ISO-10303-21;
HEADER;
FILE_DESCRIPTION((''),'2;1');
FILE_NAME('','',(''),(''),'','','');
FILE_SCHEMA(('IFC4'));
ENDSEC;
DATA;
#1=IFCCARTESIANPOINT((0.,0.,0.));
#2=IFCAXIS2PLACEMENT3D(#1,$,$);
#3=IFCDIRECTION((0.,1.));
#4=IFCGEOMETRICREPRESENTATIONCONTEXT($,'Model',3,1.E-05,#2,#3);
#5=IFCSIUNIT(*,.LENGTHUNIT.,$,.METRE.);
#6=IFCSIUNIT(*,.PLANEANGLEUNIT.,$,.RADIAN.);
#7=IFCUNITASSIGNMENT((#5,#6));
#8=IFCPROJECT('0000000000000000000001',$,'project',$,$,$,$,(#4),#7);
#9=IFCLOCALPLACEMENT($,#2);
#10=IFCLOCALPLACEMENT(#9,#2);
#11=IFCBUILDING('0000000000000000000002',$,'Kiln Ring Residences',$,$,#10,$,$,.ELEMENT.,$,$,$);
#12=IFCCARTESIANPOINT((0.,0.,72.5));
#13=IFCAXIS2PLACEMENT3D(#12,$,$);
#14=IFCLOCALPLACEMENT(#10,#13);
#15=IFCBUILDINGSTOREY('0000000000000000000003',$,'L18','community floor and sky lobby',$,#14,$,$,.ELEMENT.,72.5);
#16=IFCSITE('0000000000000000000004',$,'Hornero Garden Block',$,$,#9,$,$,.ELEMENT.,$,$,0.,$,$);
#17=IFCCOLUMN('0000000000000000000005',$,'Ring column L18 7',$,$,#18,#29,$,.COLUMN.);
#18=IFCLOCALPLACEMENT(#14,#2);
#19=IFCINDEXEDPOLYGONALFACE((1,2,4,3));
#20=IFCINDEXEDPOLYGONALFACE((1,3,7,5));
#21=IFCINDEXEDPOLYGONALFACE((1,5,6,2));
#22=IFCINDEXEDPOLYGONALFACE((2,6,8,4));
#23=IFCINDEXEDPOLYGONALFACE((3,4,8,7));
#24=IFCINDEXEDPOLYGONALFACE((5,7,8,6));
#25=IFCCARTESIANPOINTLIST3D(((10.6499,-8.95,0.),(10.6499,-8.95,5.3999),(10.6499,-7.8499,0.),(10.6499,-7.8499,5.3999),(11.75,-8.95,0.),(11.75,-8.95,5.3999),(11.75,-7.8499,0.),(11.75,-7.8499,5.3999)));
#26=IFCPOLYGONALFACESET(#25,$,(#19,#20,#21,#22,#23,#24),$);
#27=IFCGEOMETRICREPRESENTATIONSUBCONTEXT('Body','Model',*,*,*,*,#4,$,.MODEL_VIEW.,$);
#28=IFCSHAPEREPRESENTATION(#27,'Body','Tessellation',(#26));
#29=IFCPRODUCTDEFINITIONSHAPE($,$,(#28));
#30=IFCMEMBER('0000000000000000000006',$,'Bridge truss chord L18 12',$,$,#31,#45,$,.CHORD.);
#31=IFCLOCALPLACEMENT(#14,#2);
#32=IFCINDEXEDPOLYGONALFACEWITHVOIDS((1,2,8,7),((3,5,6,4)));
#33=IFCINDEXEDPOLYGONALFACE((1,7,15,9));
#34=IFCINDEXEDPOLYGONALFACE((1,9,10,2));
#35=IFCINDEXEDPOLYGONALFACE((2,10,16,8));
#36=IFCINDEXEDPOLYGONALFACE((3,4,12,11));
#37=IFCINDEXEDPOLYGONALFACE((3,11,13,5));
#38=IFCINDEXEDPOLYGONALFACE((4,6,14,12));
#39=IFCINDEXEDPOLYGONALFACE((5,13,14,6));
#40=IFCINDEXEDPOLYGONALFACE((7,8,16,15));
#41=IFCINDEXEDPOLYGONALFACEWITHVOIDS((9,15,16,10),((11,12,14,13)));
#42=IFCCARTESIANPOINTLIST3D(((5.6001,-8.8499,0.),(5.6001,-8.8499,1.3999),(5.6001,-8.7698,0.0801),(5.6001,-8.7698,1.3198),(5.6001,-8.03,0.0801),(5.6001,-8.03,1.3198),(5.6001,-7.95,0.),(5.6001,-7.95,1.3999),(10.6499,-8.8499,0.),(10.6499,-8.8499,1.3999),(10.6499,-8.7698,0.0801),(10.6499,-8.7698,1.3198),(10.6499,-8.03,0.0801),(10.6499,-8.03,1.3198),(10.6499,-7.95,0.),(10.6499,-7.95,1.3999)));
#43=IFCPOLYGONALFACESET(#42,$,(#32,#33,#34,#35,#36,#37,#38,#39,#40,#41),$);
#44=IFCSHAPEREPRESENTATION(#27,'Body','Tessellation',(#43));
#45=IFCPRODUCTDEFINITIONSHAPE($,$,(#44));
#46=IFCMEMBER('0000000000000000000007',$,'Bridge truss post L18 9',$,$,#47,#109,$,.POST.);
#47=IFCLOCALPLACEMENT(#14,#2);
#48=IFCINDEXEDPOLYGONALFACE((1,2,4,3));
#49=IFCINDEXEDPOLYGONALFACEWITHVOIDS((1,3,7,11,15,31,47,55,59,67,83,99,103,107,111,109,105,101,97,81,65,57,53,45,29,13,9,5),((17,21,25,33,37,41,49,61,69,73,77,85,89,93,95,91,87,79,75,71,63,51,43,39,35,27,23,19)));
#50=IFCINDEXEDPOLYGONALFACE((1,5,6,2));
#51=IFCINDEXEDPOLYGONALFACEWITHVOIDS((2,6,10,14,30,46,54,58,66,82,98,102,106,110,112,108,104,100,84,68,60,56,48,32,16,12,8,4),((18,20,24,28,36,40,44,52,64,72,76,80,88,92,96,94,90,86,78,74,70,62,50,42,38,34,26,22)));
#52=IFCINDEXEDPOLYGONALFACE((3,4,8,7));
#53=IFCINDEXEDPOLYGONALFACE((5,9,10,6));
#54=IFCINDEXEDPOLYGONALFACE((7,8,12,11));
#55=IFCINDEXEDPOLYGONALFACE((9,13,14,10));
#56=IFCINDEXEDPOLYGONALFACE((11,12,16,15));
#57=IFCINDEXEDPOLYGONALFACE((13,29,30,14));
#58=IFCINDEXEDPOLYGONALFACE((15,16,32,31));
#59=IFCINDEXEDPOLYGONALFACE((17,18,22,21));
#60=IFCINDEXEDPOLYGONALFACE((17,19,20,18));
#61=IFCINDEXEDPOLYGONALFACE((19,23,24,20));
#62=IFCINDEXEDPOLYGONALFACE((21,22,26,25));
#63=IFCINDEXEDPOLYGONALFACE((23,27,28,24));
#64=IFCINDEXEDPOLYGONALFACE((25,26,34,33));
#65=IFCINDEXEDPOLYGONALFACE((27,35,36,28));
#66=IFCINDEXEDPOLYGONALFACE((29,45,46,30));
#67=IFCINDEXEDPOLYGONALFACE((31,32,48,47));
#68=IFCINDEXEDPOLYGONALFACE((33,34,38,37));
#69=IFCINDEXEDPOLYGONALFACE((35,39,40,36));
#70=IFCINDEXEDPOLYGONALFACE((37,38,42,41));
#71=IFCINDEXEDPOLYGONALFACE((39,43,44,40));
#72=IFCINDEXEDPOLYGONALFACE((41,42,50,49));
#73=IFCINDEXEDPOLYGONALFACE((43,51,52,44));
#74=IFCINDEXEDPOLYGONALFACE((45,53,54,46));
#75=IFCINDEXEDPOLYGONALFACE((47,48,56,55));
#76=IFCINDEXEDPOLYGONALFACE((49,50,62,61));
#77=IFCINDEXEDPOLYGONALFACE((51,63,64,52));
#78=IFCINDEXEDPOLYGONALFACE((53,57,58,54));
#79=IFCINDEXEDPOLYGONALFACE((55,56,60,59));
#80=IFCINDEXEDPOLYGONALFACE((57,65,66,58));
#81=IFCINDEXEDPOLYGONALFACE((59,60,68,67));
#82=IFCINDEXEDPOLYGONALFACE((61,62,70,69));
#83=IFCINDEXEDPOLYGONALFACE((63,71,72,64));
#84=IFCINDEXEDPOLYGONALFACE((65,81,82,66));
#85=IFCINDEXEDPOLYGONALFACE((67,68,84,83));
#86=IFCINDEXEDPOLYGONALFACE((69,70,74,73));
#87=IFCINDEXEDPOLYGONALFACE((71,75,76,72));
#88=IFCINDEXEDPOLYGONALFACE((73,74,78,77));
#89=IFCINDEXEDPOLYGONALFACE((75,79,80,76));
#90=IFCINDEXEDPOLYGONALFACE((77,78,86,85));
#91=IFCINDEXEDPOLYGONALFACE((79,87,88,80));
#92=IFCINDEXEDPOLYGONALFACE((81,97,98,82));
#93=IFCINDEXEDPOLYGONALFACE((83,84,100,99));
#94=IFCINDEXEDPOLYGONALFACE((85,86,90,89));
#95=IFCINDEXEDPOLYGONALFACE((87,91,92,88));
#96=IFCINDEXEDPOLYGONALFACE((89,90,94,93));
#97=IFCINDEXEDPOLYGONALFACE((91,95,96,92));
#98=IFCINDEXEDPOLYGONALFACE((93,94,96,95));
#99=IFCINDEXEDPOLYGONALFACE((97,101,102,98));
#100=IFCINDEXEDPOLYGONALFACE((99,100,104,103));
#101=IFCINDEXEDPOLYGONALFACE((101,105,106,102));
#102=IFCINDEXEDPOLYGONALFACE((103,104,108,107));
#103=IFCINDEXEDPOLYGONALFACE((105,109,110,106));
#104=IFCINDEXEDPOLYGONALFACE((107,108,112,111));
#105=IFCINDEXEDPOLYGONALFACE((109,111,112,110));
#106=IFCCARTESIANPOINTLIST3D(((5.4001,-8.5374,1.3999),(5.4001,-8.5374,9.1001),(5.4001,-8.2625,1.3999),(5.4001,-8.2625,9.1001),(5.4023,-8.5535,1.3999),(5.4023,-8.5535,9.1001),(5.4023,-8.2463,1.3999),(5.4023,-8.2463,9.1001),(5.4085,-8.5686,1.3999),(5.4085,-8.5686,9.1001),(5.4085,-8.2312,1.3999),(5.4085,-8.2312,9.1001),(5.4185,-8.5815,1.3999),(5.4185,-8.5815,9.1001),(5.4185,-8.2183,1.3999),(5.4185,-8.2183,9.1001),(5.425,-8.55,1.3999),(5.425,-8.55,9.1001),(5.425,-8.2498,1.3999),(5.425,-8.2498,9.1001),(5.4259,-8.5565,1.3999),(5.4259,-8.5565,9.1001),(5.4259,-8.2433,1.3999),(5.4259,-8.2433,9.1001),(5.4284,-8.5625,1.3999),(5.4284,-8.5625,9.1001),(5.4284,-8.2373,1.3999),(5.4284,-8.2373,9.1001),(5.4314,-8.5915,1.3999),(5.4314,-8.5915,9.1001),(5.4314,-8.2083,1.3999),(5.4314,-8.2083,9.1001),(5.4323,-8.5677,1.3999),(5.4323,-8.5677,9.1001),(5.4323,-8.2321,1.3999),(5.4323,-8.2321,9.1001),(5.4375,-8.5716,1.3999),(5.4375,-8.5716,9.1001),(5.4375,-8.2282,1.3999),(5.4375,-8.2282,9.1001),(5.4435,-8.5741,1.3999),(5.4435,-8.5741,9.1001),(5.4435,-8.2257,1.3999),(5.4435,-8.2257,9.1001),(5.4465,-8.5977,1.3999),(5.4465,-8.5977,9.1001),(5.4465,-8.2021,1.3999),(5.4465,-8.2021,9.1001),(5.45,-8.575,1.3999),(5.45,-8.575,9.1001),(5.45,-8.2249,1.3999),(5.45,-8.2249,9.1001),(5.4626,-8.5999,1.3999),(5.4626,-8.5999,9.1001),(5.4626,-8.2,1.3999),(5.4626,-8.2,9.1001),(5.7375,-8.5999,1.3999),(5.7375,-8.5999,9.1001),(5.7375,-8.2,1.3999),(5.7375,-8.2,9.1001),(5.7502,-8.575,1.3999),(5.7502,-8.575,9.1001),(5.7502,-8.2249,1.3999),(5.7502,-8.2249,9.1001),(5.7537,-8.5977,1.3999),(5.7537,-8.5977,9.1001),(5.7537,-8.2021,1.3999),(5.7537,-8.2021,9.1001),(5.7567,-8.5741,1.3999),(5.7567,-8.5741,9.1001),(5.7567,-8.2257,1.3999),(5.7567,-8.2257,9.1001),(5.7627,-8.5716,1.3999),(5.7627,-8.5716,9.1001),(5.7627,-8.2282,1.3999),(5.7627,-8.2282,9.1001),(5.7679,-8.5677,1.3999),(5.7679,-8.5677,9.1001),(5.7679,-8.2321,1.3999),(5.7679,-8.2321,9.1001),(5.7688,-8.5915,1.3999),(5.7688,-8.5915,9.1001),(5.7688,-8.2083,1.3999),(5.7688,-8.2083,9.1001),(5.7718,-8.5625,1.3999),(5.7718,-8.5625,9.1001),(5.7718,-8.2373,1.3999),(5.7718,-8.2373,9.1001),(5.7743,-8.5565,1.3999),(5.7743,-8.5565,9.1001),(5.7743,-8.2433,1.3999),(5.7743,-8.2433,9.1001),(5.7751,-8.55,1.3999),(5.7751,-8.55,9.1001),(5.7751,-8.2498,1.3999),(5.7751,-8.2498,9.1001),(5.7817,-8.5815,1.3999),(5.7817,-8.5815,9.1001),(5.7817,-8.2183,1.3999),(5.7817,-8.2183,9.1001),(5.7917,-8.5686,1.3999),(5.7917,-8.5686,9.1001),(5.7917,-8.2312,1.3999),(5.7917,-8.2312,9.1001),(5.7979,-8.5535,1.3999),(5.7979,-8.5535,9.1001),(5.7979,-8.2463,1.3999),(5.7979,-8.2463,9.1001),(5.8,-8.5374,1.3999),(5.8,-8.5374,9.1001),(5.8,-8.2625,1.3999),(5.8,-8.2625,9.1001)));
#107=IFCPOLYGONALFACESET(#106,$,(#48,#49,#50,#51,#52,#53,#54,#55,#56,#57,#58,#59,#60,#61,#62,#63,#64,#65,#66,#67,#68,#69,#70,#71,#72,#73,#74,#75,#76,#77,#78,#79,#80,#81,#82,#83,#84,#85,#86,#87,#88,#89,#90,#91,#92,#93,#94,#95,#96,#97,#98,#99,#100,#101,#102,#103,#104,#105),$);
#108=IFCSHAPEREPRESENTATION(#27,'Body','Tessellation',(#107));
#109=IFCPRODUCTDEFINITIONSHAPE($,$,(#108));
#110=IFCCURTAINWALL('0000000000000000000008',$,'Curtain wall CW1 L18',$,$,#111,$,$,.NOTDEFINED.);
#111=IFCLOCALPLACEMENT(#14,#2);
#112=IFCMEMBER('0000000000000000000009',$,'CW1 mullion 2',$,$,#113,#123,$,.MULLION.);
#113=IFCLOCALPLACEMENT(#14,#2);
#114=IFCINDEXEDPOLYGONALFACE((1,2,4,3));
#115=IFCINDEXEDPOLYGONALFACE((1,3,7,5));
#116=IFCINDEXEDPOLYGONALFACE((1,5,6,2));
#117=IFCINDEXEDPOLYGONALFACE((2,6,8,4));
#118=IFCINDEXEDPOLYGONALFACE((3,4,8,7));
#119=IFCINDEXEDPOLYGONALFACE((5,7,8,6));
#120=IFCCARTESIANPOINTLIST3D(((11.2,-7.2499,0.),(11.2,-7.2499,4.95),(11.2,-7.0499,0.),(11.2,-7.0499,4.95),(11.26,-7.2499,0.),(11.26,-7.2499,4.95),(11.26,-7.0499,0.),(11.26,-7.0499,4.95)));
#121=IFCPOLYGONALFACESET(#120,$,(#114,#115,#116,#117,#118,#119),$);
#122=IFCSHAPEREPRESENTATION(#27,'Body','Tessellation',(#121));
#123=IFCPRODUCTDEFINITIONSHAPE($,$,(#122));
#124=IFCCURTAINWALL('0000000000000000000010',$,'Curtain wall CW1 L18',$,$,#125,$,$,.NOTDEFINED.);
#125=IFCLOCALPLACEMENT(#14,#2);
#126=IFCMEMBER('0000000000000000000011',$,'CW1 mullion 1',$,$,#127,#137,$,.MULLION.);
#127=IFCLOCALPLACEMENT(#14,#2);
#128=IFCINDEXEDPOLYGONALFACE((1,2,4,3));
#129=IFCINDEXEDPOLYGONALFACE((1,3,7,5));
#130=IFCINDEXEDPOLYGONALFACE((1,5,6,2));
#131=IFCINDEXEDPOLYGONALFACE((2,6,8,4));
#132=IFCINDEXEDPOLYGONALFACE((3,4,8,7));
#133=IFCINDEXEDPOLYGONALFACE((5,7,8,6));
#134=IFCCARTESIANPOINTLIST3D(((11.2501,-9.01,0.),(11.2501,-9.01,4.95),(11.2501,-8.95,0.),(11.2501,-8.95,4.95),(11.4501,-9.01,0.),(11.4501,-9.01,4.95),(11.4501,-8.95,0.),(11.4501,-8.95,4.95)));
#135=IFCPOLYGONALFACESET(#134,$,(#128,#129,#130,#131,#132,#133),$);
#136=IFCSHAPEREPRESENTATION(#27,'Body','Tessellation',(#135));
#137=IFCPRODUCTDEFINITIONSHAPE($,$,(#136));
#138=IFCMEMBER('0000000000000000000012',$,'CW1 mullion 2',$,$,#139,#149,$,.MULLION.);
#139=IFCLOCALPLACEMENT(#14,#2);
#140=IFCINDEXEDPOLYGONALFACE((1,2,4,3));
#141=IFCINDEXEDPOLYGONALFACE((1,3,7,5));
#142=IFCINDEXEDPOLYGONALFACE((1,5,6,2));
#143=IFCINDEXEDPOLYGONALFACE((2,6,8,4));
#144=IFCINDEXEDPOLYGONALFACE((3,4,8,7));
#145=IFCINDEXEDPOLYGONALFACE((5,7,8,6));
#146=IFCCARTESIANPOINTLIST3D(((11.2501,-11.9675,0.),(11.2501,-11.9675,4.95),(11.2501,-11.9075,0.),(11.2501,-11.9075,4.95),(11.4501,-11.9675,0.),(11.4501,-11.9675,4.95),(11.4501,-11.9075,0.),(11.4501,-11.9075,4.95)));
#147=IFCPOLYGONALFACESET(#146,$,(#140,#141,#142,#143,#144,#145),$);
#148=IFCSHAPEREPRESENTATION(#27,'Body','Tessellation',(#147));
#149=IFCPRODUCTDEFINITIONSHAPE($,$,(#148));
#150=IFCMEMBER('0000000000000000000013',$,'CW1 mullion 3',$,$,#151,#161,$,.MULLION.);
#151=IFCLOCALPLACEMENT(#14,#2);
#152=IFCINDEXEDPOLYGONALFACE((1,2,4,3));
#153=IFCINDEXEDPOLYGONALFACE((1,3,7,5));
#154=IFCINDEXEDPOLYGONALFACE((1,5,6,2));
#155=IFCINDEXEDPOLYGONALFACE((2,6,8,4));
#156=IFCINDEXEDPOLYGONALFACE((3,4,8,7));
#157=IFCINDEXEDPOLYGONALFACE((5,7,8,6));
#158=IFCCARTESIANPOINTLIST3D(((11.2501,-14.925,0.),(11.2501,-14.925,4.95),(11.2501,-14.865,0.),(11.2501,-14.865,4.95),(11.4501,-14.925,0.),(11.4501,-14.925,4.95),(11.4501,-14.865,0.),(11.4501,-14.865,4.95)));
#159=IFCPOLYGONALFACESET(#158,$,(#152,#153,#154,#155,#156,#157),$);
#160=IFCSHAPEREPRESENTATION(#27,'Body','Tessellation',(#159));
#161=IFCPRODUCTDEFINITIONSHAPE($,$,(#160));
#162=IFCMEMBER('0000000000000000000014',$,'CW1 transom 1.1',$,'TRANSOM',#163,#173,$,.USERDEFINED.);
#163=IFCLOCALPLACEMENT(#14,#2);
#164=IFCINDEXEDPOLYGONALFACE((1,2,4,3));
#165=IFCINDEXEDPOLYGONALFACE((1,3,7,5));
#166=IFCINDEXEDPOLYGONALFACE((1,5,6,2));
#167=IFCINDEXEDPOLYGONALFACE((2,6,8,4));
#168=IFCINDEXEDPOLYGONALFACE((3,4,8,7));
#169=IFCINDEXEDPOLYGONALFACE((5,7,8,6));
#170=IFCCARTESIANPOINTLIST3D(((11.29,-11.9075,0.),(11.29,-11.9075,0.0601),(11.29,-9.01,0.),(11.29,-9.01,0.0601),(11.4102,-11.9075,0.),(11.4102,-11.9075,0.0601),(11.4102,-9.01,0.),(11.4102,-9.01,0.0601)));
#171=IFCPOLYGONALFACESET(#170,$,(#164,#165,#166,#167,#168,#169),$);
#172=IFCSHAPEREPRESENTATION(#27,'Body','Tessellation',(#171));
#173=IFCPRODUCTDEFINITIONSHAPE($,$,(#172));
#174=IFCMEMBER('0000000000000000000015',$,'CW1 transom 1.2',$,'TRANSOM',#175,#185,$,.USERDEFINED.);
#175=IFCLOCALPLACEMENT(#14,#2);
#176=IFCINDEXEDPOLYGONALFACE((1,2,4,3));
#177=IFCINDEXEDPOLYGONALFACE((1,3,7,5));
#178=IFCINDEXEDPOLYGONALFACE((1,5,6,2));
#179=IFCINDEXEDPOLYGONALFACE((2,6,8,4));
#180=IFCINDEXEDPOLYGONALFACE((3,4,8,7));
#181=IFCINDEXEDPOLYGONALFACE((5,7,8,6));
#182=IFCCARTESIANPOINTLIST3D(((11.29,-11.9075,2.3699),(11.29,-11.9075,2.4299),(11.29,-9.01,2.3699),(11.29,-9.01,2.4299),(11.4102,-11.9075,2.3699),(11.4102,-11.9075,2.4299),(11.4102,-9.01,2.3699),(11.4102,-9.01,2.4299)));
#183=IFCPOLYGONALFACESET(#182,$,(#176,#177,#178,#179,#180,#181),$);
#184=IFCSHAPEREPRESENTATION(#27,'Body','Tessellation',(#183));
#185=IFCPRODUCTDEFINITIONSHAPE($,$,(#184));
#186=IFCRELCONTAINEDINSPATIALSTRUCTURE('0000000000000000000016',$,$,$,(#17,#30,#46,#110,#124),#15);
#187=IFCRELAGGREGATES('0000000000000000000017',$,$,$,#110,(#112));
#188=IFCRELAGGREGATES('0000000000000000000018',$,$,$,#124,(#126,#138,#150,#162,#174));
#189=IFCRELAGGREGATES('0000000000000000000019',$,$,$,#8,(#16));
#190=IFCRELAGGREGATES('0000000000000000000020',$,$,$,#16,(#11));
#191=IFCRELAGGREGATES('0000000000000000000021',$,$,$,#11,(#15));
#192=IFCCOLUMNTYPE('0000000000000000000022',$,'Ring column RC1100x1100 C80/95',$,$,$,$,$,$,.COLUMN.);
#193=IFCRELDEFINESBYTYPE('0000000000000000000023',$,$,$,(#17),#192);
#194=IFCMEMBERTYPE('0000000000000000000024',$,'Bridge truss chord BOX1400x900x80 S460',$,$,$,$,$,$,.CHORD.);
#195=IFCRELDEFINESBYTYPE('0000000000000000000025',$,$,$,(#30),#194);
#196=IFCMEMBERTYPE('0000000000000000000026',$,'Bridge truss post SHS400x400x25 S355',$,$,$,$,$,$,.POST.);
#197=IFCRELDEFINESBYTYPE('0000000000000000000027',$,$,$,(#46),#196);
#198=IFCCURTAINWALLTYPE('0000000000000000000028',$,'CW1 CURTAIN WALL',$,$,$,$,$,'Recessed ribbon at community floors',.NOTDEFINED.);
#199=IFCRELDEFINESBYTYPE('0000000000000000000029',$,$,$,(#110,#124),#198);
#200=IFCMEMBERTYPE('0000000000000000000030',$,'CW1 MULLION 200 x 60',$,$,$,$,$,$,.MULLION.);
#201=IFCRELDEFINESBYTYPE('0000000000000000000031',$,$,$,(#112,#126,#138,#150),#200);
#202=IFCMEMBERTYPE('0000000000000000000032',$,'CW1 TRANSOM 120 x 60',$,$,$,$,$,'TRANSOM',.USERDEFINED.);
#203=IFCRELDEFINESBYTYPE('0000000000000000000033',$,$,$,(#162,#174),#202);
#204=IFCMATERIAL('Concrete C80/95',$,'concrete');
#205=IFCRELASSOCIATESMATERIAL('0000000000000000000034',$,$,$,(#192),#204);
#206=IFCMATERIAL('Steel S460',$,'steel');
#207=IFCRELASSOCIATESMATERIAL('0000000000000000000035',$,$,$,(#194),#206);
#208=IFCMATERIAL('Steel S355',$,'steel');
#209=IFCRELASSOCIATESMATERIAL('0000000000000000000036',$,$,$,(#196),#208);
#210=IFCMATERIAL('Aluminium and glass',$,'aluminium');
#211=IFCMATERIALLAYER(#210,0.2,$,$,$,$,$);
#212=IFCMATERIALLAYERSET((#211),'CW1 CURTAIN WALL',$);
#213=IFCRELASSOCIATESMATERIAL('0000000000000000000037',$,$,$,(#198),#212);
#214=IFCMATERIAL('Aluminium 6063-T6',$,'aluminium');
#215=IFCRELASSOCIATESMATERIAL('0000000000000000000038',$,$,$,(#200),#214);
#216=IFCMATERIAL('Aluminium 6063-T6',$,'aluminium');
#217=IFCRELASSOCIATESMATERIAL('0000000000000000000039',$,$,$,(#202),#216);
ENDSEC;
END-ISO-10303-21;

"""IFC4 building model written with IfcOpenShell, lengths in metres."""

from ifc_helpers import new_model, si_unit, direction, frame, origin, origin_2d, place, context, subcontext, project, spatial, rectangle, hollow_rectangle, extrude, material, layer, layer_set, material_profile, profile_set, type_object, element, aggregate, save


model = new_model("IFC4")

# Units and contexts
model_context = context("Model", 3, precision=1e-05, world=origin(), true_north=direction((0.0, 1.0)))
body_context = subcontext(model_context, "Body", "Model", "MODEL_VIEW")
ifc_project = project(units=[si_unit("LENGTHUNIT", "METRE"), si_unit("PLANEANGLEUNIT", "RADIAN")], contexts=[model_context])

# Site, building, storey
site_placement = place(None, origin())
site = spatial("IfcSite", under=ifc_project, at=site_placement, Name="Hornero Garden Block", CompositionType="ELEMENT", RefElevation=0.0)
building_placement = place(site_placement, origin())
building = spatial("IfcBuilding", under=site, at=building_placement, Name="Kiln Ring Residences", CompositionType="ELEMENT")
storey_placement = place(building_placement, frame((0.0, 0.0, 72.5)))
storey = spatial("IfcBuildingStorey", under=building, at=storey_placement, Name="L18", Description="community floor and sky lobby", CompositionType="ELEMENT", Elevation=72.5)

# Column
ifc_material_1 = material(Name="Concrete C80/95", Category="concrete")
ifc_material_profile_1 = material_profile(ifc_material_1, rectangle(XDim=1.1001, YDim=1.1001, at=origin_2d()), Name="RC1100x1100")
ifc_profile_set_1 = profile_set([ifc_material_profile_1], Name="Concrete C80/95")
column_type = type_object("IfcColumnType", Name="Ring column RC1100x1100 C80/95", PredefinedType="COLUMN", material=ifc_profile_set_1)
column_placement = place(storey_placement, frame((11.2, -8.3999, 0.0), z_axis=(0.0, 0.0, 1.0), x_axis=(1.0, 0.0, 0.0)))
element("IfcColumn", 1, at=column_placement, inside=storey, type_object=column_type, Name="Ring column L18 7", PredefinedType="COLUMN", context=body_context, shape_type="SweptSolid", body=[
    extrude(rectangle(XDim=1.1001, YDim=1.1001, at=origin_2d()), origin(), (0.0, 0.0, 1.0), 5.3999),
])

# Members
ifc_material_2 = material(Name="Steel S460", Category="steel")
ifc_material_profile_2 = material_profile(ifc_material_2, hollow_rectangle(XDim=0.8999, YDim=1.3999, WallThickness=0.0801, at=origin_2d()), Name="BOX1400x900x80")
ifc_profile_set_2 = profile_set([ifc_material_profile_2], Name="Steel S460")
member_type_1 = type_object("IfcMemberType", Name="Bridge truss chord BOX1400x900x80 S460", PredefinedType="CHORD", material=ifc_profile_set_2)
member_1_placement = place(storey_placement, frame((5.6001, -8.3999, 0.7), z_axis=(1.0, 0.0, 0.0), x_axis=(0.0, 1.0, 0.0)))
element("IfcMember", 2, at=member_1_placement, inside=storey, type_object=member_type_1, Name="Bridge truss chord L18 12", PredefinedType="CHORD", context=body_context, shape_type="SweptSolid", body=[
    extrude(hollow_rectangle(XDim=0.8999, YDim=1.3999, WallThickness=0.0801, at=origin_2d()), origin(), (0.0, 0.0, 1.0), 5.0498),
])
ifc_material_3 = material(Name="Steel S355", Category="steel")
ifc_material_profile_3 = material_profile(ifc_material_3, hollow_rectangle(XDim=0.3999, YDim=0.3999, WallThickness=0.0249, InnerFilletRadius=0.0249, OuterFilletRadius=0.0625, at=origin_2d()), Name="SHS400x400x25")
ifc_profile_set_3 = profile_set([ifc_material_profile_3], Name="Steel S355")
member_type_2 = type_object("IfcMemberType", Name="Bridge truss post SHS400x400x25 S355", PredefinedType="POST", material=ifc_profile_set_3)
member_2_placement = place(storey_placement, frame((5.6001, -8.3999, 1.3999), z_axis=(0.0, 0.0, 1.0), x_axis=(1.0, 0.0, 0.0)))
element("IfcMember", 3, at=member_2_placement, inside=storey, type_object=member_type_2, Name="Bridge truss post L18 9", PredefinedType="POST", context=body_context, shape_type="SweptSolid", body=[
    extrude(hollow_rectangle(XDim=0.3999, YDim=0.3999, WallThickness=0.0249, InnerFilletRadius=0.0249, OuterFilletRadius=0.0625, at=origin_2d()), origin(), (0.0, 0.0, 1.0), 7.7002),
])

# Curtain wall, member
ifc_material_4 = material(Name="Aluminium and glass", Category="aluminium")
ifc_layer_1 = layer(ifc_material_4, 0.2)
ifc_layer_set_1 = layer_set([ifc_layer_1], Name="CW1 CURTAIN WALL")
curtain_wall_type = type_object("IfcCurtainWallType", Name="CW1 CURTAIN WALL", ElementType="Recessed ribbon at community floors", PredefinedType="NOTDEFINED", material=ifc_layer_set_1)
placement_1 = place(storey_placement, origin())
curtain_wall_1 = element("IfcCurtainWall", 4, at=placement_1, inside=storey, type_object=curtain_wall_type, Name="Curtain wall CW1 L18", PredefinedType="NOTDEFINED")
ifc_material_5 = material(Name="Aluminium 6063-T6", Category="aluminium")
ifc_material_profile_4 = material_profile(ifc_material_5, rectangle(XDim=0.2, YDim=0.0601, at=origin_2d()), Name="AL 200x60")
ifc_profile_set_4 = profile_set([ifc_material_profile_4], Name="Aluminium 6063-T6")
member_type_3 = type_object("IfcMemberType", Name="CW1 MULLION 200 x 60", PredefinedType="MULLION", material=ifc_profile_set_4)
member_3_placement = place(storey_placement, frame((11.23, -7.1499, 0.0), z_axis=(0.0, 0.0, 1.0), x_axis=(0.0, -1.0, 0.0)))
member_3 = element("IfcMember", 5, at=member_3_placement, type_object=member_type_3, Name="CW1 mullion 2", PredefinedType="MULLION", context=body_context, shape_type="SweptSolid", body=[
    extrude(rectangle(XDim=0.2, YDim=0.0601, at=origin_2d()), origin(), (0.0, 0.0, 1.0), 4.95),
])
aggregate(curtain_wall_1, [member_3])

# Curtain wall, members
curtain_wall_2 = element("IfcCurtainWall", 6, at=placement_1, inside=storey, type_object=curtain_wall_type, Name="Curtain wall CW1 L18", PredefinedType="NOTDEFINED")
member_4_placement = place(storey_placement, frame((11.3501, -8.98, 0.0), z_axis=(0.0, 0.0, 1.0), x_axis=(1.0, 0.0, 0.0)))
member_4 = element("IfcMember", 7, at=member_4_placement, type_object=member_type_3, Name="CW1 mullion 1", PredefinedType="MULLION", context=body_context, shape_type="SweptSolid", body=[
    extrude(rectangle(XDim=0.2, YDim=0.0601, at=origin_2d()), origin(), (0.0, 0.0, 1.0), 4.95),
])
member_5_placement = place(storey_placement, frame((11.3501, -11.9375, 0.0), z_axis=(0.0, 0.0, 1.0), x_axis=(1.0, 0.0, 0.0)))
member_5 = element("IfcMember", 8, at=member_5_placement, type_object=member_type_3, Name="CW1 mullion 2", PredefinedType="MULLION", context=body_context, shape_type="SweptSolid", body=[
    extrude(rectangle(XDim=0.2, YDim=0.0601, at=origin_2d()), origin(), (0.0, 0.0, 1.0), 4.95),
])
member_6_placement = place(storey_placement, frame((11.3501, -14.895, 0.0), z_axis=(0.0, 0.0, 1.0), x_axis=(1.0, 0.0, 0.0)))
member_6 = element("IfcMember", 9, at=member_6_placement, type_object=member_type_3, Name="CW1 mullion 3", PredefinedType="MULLION", context=body_context, shape_type="SweptSolid", body=[
    extrude(rectangle(XDim=0.2, YDim=0.0601, at=origin_2d()), origin(), (0.0, 0.0, 1.0), 4.95),
])
ifc_material_6 = material(Name="Aluminium 6063-T6", Category="aluminium")
ifc_material_profile_5 = material_profile(ifc_material_6, rectangle(XDim=0.1201, YDim=0.0601, at=origin_2d()), Name="AL 120x60")
ifc_profile_set_5 = profile_set([ifc_material_profile_5], Name="Aluminium 6063-T6")
member_type_4 = type_object("IfcMemberType", Name="CW1 TRANSOM 120 x 60", ElementType="TRANSOM", PredefinedType="USERDEFINED", material=ifc_profile_set_5)
member_7_placement = place(storey_placement, frame((11.3501, -9.01, 0.03), z_axis=(0.0, -1.0, 0.0), x_axis=(1.0, 0.0, 0.0)))
member_7 = element("IfcMember", 10, at=member_7_placement, type_object=member_type_4, Name="CW1 transom 1.1", ObjectType="TRANSOM", PredefinedType="USERDEFINED", context=body_context, shape_type="SweptSolid", body=[
    extrude(rectangle(XDim=0.1201, YDim=0.0601, at=origin_2d()), origin(), (0.0, 0.0, 1.0), 2.8975),
])
member_8_placement = place(storey_placement, frame((11.3501, -9.01, 2.3999), z_axis=(0.0, -1.0, 0.0), x_axis=(1.0, 0.0, 0.0)))
member_8 = element("IfcMember", 11, at=member_8_placement, type_object=member_type_4, Name="CW1 transom 1.2", ObjectType="TRANSOM", PredefinedType="USERDEFINED", context=body_context, shape_type="SweptSolid", body=[
    extrude(rectangle(XDim=0.1201, YDim=0.0601, at=origin_2d()), origin(), (0.0, 0.0, 1.0), 2.8975),
])

aggregate(curtain_wall_2, [member_4, member_5, member_6, member_7, member_8])

save(model, "model.ifc")
